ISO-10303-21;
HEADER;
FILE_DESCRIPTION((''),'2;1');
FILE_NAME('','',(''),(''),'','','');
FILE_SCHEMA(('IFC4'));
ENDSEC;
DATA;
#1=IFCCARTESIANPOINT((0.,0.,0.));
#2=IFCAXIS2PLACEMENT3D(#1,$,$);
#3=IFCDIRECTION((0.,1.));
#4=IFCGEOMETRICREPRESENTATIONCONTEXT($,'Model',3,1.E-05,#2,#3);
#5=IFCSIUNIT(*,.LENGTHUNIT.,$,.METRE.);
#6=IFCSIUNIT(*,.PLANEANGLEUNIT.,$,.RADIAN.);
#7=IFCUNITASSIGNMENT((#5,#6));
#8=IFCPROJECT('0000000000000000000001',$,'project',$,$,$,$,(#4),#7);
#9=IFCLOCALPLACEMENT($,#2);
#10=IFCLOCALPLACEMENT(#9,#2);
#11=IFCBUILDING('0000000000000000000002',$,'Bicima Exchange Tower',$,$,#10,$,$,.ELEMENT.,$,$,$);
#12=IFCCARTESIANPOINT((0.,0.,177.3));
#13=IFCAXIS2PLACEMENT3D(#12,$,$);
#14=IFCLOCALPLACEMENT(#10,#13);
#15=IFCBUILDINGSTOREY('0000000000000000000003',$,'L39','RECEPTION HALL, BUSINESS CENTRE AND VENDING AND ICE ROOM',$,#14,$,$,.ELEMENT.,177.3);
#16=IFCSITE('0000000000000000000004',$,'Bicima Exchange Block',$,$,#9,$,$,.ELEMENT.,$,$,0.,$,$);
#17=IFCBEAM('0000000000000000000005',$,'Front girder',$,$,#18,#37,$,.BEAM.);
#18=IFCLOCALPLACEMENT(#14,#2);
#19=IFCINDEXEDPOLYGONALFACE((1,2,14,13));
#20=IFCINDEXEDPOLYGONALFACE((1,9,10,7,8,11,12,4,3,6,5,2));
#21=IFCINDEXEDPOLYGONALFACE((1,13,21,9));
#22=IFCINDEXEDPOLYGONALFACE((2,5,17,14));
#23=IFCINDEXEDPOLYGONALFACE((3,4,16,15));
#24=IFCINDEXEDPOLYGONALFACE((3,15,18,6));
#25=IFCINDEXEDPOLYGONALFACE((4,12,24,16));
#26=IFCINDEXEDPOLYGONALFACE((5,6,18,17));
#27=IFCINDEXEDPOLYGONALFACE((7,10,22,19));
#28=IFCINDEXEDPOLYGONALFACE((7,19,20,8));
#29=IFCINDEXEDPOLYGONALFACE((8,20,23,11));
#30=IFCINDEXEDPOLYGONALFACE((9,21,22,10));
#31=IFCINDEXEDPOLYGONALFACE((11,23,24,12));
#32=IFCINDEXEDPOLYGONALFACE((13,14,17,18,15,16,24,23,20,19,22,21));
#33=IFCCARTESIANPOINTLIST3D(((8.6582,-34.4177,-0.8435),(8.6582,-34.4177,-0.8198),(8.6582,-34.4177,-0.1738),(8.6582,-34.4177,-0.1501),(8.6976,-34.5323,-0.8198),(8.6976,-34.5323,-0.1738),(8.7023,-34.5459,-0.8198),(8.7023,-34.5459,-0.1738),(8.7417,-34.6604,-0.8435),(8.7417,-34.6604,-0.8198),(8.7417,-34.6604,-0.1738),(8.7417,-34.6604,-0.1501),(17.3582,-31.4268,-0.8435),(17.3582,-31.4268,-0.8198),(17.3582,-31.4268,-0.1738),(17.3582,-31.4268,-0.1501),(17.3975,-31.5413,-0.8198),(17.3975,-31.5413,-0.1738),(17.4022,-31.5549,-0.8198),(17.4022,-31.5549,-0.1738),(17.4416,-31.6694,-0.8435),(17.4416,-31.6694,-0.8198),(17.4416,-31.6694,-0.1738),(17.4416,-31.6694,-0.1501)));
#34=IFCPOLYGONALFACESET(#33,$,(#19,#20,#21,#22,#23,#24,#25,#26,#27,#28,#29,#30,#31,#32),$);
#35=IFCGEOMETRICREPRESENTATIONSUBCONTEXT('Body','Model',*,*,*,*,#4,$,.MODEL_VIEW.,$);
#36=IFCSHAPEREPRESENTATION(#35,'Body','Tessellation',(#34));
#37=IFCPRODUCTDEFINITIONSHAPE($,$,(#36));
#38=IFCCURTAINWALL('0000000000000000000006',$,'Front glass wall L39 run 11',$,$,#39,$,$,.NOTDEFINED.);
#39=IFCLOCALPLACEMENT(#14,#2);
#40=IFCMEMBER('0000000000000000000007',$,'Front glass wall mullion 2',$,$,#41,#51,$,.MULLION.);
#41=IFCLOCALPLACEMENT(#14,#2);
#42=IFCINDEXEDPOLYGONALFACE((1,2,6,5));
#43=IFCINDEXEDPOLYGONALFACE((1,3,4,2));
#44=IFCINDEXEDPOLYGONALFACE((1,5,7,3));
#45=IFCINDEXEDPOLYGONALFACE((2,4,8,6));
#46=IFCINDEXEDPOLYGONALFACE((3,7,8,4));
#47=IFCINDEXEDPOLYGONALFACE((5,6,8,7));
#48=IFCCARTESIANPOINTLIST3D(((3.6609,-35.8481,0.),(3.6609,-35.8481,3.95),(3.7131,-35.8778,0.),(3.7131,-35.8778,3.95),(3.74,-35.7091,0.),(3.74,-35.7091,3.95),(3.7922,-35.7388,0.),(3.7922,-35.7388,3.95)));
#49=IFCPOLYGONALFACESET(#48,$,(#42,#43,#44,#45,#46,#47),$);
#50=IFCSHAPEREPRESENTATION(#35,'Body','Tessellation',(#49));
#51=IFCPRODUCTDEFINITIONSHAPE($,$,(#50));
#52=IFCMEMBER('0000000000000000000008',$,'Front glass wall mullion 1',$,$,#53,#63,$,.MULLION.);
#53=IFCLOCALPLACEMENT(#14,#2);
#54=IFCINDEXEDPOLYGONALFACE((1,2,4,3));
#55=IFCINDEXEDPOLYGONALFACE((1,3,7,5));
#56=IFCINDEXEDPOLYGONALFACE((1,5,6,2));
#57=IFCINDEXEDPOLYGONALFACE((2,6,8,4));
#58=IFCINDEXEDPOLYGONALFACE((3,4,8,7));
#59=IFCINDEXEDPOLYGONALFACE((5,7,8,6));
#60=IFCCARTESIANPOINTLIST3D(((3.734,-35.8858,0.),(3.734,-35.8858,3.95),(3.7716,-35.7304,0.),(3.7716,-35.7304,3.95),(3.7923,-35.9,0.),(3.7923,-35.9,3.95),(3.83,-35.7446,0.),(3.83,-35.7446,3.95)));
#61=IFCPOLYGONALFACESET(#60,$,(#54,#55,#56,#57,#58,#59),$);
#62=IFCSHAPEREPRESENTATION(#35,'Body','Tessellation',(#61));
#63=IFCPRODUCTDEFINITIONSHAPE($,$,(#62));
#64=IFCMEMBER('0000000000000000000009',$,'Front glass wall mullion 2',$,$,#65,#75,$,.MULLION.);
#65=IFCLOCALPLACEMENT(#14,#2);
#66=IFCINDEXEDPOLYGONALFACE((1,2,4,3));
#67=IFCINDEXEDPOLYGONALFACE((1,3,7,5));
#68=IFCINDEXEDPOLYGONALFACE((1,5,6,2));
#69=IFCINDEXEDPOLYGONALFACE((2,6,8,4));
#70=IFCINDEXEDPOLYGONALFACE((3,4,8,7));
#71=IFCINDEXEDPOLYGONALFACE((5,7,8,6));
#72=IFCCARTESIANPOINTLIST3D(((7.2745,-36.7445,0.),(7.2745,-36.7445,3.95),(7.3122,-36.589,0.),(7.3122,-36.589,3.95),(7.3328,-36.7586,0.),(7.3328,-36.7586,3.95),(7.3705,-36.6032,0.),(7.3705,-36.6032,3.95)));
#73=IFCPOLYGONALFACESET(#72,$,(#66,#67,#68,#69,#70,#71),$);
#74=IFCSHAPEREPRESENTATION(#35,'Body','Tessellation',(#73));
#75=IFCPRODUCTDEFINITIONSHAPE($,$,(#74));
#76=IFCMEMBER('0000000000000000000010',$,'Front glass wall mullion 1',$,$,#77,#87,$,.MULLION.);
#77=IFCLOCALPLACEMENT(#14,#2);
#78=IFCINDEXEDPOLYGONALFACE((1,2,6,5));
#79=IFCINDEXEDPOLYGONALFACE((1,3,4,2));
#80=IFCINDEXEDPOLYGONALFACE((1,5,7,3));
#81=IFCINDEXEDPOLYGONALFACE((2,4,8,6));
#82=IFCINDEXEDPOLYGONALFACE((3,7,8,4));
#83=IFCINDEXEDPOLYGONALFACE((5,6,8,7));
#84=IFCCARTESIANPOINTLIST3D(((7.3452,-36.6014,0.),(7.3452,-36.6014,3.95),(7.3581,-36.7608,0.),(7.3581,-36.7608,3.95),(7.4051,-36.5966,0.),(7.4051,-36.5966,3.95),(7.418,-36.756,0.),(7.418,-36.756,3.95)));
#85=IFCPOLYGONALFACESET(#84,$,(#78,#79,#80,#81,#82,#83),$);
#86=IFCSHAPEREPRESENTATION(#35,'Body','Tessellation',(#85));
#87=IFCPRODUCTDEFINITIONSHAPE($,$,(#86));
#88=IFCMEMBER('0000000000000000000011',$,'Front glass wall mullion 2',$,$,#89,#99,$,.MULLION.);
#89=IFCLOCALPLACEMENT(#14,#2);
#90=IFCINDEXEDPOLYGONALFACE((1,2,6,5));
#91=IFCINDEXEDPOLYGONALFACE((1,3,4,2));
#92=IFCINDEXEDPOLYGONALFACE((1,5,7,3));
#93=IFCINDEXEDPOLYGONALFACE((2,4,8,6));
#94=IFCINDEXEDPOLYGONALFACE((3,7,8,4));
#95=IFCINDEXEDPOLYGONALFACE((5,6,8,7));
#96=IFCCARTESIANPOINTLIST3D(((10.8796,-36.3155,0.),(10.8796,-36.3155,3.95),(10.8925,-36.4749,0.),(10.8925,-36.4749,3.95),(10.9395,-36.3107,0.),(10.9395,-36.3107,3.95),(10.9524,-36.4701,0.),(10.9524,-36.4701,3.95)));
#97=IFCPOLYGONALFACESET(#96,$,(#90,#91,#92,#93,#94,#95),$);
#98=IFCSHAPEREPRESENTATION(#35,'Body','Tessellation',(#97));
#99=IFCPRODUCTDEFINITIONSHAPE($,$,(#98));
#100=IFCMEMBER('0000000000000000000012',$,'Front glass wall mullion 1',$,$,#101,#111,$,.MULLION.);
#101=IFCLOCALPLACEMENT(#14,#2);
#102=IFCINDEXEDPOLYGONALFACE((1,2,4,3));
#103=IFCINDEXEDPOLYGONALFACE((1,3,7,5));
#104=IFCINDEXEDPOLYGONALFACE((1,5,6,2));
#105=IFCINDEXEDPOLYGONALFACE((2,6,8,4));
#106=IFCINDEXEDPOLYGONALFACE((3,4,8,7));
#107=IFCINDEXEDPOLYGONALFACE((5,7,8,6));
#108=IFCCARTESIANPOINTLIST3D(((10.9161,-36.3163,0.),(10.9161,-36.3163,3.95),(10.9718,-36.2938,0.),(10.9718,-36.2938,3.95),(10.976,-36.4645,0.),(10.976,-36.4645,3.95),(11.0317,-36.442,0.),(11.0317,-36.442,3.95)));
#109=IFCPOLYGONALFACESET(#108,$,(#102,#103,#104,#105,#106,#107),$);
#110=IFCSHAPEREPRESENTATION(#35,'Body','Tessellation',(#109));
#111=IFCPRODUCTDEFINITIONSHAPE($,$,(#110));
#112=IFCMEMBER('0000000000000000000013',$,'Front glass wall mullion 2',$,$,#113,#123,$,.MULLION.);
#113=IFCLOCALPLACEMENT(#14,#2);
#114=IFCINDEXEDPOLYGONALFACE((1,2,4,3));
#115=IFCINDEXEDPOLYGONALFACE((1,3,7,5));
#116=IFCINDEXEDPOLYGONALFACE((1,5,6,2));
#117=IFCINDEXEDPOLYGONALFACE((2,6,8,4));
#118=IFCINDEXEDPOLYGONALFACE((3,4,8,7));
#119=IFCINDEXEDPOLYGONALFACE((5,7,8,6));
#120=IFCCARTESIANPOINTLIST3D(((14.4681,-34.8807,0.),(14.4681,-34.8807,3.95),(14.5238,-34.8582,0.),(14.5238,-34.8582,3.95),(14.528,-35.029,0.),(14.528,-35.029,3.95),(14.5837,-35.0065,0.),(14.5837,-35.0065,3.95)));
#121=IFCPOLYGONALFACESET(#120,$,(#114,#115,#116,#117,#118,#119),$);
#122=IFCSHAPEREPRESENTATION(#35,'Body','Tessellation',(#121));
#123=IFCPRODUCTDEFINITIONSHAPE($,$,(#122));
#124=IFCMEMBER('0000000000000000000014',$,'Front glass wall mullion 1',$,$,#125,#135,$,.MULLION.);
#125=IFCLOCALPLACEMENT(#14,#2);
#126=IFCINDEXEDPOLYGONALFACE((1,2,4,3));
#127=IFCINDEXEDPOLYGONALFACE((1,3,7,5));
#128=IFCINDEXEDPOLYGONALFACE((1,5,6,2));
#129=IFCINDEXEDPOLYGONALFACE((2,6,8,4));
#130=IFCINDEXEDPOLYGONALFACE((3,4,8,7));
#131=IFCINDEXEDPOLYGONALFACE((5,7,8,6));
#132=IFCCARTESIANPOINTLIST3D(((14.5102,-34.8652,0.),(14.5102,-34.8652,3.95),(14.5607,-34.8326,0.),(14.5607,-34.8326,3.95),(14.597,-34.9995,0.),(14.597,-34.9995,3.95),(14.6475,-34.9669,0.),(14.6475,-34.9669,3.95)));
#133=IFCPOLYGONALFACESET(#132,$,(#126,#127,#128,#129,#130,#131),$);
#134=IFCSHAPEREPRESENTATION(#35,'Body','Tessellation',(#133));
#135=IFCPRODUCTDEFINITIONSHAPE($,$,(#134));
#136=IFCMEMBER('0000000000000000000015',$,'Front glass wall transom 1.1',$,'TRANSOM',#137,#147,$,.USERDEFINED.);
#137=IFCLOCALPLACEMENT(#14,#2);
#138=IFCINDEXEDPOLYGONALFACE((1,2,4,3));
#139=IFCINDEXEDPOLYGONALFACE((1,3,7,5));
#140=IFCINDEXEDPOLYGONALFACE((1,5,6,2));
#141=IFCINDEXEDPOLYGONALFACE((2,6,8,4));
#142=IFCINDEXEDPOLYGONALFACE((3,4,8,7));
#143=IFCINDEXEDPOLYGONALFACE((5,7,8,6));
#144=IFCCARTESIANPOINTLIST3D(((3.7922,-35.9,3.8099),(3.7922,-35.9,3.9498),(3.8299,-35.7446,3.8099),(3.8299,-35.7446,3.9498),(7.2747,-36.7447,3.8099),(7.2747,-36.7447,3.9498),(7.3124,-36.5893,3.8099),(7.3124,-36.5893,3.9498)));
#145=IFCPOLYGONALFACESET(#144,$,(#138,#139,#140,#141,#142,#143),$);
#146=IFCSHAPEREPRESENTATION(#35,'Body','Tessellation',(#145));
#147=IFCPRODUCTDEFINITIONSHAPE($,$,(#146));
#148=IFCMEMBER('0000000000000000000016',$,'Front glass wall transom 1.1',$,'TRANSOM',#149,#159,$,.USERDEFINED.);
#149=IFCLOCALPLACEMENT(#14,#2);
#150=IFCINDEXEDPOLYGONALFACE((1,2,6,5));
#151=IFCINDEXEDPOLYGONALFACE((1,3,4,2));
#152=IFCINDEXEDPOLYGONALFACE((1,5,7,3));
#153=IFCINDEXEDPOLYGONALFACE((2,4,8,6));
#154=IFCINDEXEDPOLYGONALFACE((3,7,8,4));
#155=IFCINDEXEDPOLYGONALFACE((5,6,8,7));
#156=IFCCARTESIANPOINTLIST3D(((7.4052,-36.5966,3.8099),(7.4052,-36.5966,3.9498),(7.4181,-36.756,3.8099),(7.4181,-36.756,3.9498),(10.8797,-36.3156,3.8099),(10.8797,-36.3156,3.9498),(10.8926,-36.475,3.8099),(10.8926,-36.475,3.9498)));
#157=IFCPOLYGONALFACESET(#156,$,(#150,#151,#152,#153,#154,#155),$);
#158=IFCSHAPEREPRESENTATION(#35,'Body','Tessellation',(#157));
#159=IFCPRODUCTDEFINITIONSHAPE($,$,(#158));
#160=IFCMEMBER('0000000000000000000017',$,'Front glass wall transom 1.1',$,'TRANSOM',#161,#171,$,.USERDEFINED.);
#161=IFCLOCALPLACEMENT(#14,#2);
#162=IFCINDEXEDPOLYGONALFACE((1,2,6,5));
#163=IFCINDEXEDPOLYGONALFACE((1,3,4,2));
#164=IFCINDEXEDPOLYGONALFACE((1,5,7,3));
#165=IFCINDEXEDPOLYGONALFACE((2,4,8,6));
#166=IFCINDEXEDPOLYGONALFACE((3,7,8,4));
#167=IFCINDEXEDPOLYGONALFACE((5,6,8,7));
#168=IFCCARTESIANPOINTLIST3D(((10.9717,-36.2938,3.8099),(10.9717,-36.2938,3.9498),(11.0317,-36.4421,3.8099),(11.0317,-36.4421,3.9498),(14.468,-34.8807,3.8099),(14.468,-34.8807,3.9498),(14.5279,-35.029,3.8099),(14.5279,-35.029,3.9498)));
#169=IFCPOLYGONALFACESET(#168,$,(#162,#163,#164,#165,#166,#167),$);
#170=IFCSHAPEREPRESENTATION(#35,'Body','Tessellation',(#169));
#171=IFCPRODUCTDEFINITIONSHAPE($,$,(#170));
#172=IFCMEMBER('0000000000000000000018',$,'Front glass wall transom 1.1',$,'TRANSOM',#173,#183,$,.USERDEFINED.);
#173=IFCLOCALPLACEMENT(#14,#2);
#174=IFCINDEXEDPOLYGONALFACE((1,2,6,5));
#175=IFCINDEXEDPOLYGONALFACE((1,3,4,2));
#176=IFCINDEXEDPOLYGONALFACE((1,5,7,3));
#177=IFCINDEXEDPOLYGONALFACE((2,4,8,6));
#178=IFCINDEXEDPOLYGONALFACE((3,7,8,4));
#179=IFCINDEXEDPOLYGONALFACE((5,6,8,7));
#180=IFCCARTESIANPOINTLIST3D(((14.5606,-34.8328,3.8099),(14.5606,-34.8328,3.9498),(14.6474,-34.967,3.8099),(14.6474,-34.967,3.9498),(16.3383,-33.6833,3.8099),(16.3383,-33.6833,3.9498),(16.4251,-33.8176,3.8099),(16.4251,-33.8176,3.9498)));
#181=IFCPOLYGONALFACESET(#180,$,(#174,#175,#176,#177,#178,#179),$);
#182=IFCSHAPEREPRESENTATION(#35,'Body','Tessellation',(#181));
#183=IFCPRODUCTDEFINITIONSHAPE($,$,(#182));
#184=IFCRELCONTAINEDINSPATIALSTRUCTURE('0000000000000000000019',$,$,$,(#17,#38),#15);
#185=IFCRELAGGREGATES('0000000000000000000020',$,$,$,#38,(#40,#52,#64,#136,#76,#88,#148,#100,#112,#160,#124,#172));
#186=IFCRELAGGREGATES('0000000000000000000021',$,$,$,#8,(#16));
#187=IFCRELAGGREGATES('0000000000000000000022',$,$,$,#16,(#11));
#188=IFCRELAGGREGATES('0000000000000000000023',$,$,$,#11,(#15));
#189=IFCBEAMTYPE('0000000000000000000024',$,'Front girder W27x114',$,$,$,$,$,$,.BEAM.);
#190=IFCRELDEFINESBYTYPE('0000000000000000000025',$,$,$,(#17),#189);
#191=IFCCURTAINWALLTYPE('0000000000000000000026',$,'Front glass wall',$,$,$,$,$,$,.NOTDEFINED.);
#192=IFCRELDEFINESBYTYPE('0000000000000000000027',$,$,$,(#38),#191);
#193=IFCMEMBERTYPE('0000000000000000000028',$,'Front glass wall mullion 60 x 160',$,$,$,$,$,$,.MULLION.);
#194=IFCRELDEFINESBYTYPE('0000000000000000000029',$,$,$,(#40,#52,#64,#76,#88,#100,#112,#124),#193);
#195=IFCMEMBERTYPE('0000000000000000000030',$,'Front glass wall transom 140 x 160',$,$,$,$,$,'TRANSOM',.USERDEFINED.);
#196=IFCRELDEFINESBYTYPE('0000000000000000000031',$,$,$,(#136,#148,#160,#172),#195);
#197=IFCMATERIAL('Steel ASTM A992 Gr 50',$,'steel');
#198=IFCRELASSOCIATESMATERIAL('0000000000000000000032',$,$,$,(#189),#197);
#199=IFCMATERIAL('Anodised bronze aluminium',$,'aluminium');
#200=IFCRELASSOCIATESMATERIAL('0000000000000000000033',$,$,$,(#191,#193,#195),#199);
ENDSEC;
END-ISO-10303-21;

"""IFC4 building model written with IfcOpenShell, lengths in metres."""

from ifc_helpers import new_model, si_unit, direction, frame, origin, origin_2d, place, context, subcontext, project, spatial, rectangle, i_section, extrude, material, material_profile, profile_set, type_object, element, aggregate, save


model = new_model("IFC4")

# Units and contexts
model_context = context("Model", 3, precision=1e-05, world=origin(), true_north=direction((0.0, 1.0)))
body_context = subcontext(model_context, "Body", "Model", "MODEL_VIEW")
ifc_project = project(units=[si_unit("LENGTHUNIT", "METRE"), si_unit("PLANEANGLEUNIT", "RADIAN")], contexts=[model_context])

# Site, building, storey
site_placement = place(None, origin())
site = spatial("IfcSite", under=ifc_project, at=site_placement, Name="Bicima Exchange Block", CompositionType="ELEMENT", RefElevation=0.0)
building_placement = place(site_placement, origin())
building = spatial("IfcBuilding", under=site, at=building_placement, Name="Bicima Exchange Tower", CompositionType="ELEMENT")
storey_placement = place(building_placement, frame((0.0, 0.0, 177.3)))
storey = spatial("IfcBuildingStorey", under=building, at=storey_placement, Name="L39", Description="RECEPTION HALL, BUSINESS CENTRE AND VENDING AND ICE ROOM", CompositionType="ELEMENT", Elevation=177.3)

# Beam
ifc_material_1 = material(Name="Steel ASTM A992 Gr 50", Category="steel")
ifc_material_profile_1 = material_profile(ifc_material_1, i_section(OverallWidth=0.2566, OverallDepth=0.6934, WebThickness=0.0144, FlangeThickness=0.0237, at=origin_2d()))
ifc_profile_set_1 = profile_set([ifc_material_profile_1], Name="Steel ASTM A992 Gr 50")
beam_type = type_object("IfcBeamType", Name="Front girder W27x114", PredefinedType="BEAM", material=ifc_profile_set_1)
beam_placement = place(storey_placement, frame((8.7, -34.5391, -0.4968), z_axis=(0.945675, 0.325115, 0.0), x_axis=(-0.325115, 0.945675, 0.0)))
element("IfcBeam", 1, at=beam_placement, inside=storey, type_object=beam_type, Name="Front girder", PredefinedType="BEAM", context=body_context, shape_type="SweptSolid", body=[
    extrude(i_section(OverallWidth=0.2566, OverallDepth=0.6934, WebThickness=0.0144, FlangeThickness=0.0237, at=origin_2d()), origin(), (0.0, 0.0, 1.0), 9.1997),
])

# Curtain wall, members
ifc_material_2 = material(Name="Anodised bronze aluminium", Category="aluminium")
curtain_wall_type = type_object("IfcCurtainWallType", Name="Front glass wall", PredefinedType="NOTDEFINED", material=ifc_material_2)
curtain_wall_placement = place(storey_placement, origin())
curtain_wall = element("IfcCurtainWall", 2, at=curtain_wall_placement, inside=storey, type_object=curtain_wall_type, Name="Front glass wall L39 run 11", PredefinedType="NOTDEFINED")
ifc_material_profile_2 = material_profile(ifc_material_2, rectangle(XDim=0.1599, YDim=0.0601, at=origin_2d()))
ifc_profile_set_2 = profile_set([ifc_material_profile_2], Name="Anodised bronze aluminium")
member_type_1 = type_object("IfcMemberType", Name="Front glass wall mullion 60 x 160", PredefinedType="MULLION", material=ifc_profile_set_2)
member_1_placement = place(storey_placement, frame((3.7266, -35.7935, 0.0), z_axis=(0.0, 0.0, 1.0), x_axis=(0.49433, 0.869274, 0.0)))
member_1 = element("IfcMember", 3, at=member_1_placement, type_object=member_type_1, Name="Front glass wall mullion 2", PredefinedType="MULLION", context=body_context, shape_type="SweptSolid", body=[
    extrude(rectangle(XDim=0.1599, YDim=0.0601, at=origin_2d()), origin(), (0.0, 0.0, 1.0), 3.95),
])
member_2_placement = place(storey_placement, frame((3.782, -35.8152, 0.0), z_axis=(0.0, 0.0, 1.0), x_axis=(0.235682, 0.97183, 0.0)))
member_2 = element("IfcMember", 4, at=member_2_placement, type_object=member_type_1, Name="Front glass wall mullion 1", PredefinedType="MULLION", context=body_context, shape_type="SweptSolid", body=[
    extrude(rectangle(XDim=0.1599, YDim=0.0601, at=origin_2d()), origin(), (0.0, 0.0, 1.0), 3.95),
])
member_3_placement = place(storey_placement, frame((7.3225, -36.6738, 0.0), z_axis=(0.0, 0.0, 1.0), x_axis=(0.235682, 0.97183, 0.0)))
member_3 = element("IfcMember", 5, at=member_3_placement, type_object=member_type_1, Name="Front glass wall mullion 2", PredefinedType="MULLION", context=body_context, shape_type="SweptSolid", body=[
    extrude(rectangle(XDim=0.1599, YDim=0.0601, at=origin_2d()), origin(), (0.0, 0.0, 1.0), 3.95),
])
member_4_placement = place(storey_placement, frame((7.3816, -36.6787, 0.0), z_axis=(0.0, 0.0, 1.0), x_axis=(-0.080589, 0.996747, 0.0)))
member_4 = element("IfcMember", 6, at=member_4_placement, type_object=member_type_1, Name="Front glass wall mullion 1", PredefinedType="MULLION", context=body_context, shape_type="SweptSolid", body=[
    extrude(rectangle(XDim=0.1599, YDim=0.0601, at=origin_2d()), origin(), (0.0, 0.0, 1.0), 3.95),
])
member_5_placement = place(storey_placement, frame((10.916, -36.3928, 0.0), z_axis=(0.0, 0.0, 1.0), x_axis=(-0.080589, 0.996747, 0.0)))
member_5 = element("IfcMember", 7, at=member_5_placement, type_object=member_type_1, Name="Front glass wall mullion 2", PredefinedType="MULLION", context=body_context, shape_type="SweptSolid", body=[
    extrude(rectangle(XDim=0.1599, YDim=0.0601, at=origin_2d()), origin(), (0.0, 0.0, 1.0), 3.95),
])
member_6_placement = place(storey_placement, frame((10.9739, -36.3792, 0.0), z_axis=(0.0, 0.0, 1.0), x_axis=(-0.374705, 0.927144, 0.0)))
member_6 = element("IfcMember", 8, at=member_6_placement, type_object=member_type_1, Name="Front glass wall mullion 1", PredefinedType="MULLION", context=body_context, shape_type="SweptSolid", body=[
    extrude(rectangle(XDim=0.1599, YDim=0.0601, at=origin_2d()), origin(), (0.0, 0.0, 1.0), 3.95),
])
member_7_placement = place(storey_placement, frame((14.5259, -34.9436, 0.0), z_axis=(0.0, 0.0, 1.0), x_axis=(-0.374705, 0.927144, 0.0)))
member_7 = element("IfcMember", 9, at=member_7_placement, type_object=member_type_1, Name="Front glass wall mullion 2", PredefinedType="MULLION", context=body_context, shape_type="SweptSolid", body=[
    extrude(rectangle(XDim=0.1599, YDim=0.0601, at=origin_2d()), origin(), (0.0, 0.0, 1.0), 3.95),
])
member_8_placement = place(storey_placement, frame((14.5789, -34.916, 0.0), z_axis=(0.0, 0.0, 1.0), x_axis=(-0.542909, 0.839791, 0.0)))
member_8 = element("IfcMember", 10, at=member_8_placement, type_object=member_type_1, Name="Front glass wall mullion 1", PredefinedType="MULLION", context=body_context, shape_type="SweptSolid", body=[
    extrude(rectangle(XDim=0.1599, YDim=0.0601, at=origin_2d()), origin(), (0.0, 0.0, 1.0), 3.95),
])
ifc_material_profile_3 = material_profile(ifc_material_2, rectangle(XDim=0.1599, YDim=0.1399, at=origin_2d()))
ifc_profile_set_3 = profile_set([ifc_material_profile_3], Name="Anodised bronze aluminium")
member_type_2 = type_object("IfcMemberType", Name="Front glass wall transom 140 x 160", ElementType="TRANSOM", PredefinedType="USERDEFINED", material=ifc_profile_set_3)
member_9_placement = place(storey_placement, frame((3.811, -35.8223, 3.8799), z_axis=(0.971818, -0.235733, 0.0), x_axis=(0.235733, 0.971818, 0.0)))
member_9 = element("IfcMember", 11, at=member_9_placement, type_object=member_type_2, Name="Front glass wall transom 1.1", ObjectType="TRANSOM", PredefinedType="USERDEFINED", context=body_context, shape_type="SweptSolid", body=[
    extrude(rectangle(XDim=0.1599, YDim=0.1399, at=origin_2d()), origin(), (0.0, 0.0, 1.0), 3.5835),
])
member_10_placement = place(storey_placement, frame((7.4116, -36.6763, 3.8799), z_axis=(0.996746, 0.080611, 0.0), x_axis=(-0.080611, 0.996746, 0.0)))
member_10 = element("IfcMember", 12, at=member_10_placement, type_object=member_type_2, Name="Front glass wall transom 1.1", ObjectType="TRANSOM", PredefinedType="USERDEFINED", context=body_context, shape_type="SweptSolid", body=[
    extrude(rectangle(XDim=0.1599, YDim=0.1399, at=origin_2d()), origin(), (0.0, 0.0, 1.0), 3.4858),
])
member_11_placement = place(storey_placement, frame((11.0017, -36.3679, 3.8799), z_axis=(0.92714, 0.374715, 0.0), x_axis=(-0.374715, 0.92714, 0.0)))
member_11 = element("IfcMember", 13, at=member_11_placement, type_object=member_type_2, Name="Front glass wall transom 1.1", ObjectType="TRANSOM", PredefinedType="USERDEFINED", context=body_context, shape_type="SweptSolid", body=[
    extrude(rectangle(XDim=0.1599, YDim=0.1399, at=origin_2d()), origin(), (0.0, 0.0, 1.0), 3.771),
])
member_12_placement = place(storey_placement, frame((14.604, -34.8999, 3.8799), z_axis=(0.83974, 0.542988, 0.0), x_axis=(-0.542988, 0.83974, 0.0)))
member_12 = element("IfcMember", 14, at=member_12_placement, type_object=member_type_2, Name="Front glass wall transom 1.1", ObjectType="TRANSOM", PredefinedType="USERDEFINED", context=body_context, shape_type="SweptSolid", body=[
    extrude(rectangle(XDim=0.1599, YDim=0.1399, at=origin_2d()), origin(), (0.0, 0.0, 1.0), 2.1169),
])

aggregate(curtain_wall, [member_1, member_2, member_3, member_9, member_4, member_5, member_10, member_6, member_7, member_11, member_8, member_12])

save(model, "model.ifc")
